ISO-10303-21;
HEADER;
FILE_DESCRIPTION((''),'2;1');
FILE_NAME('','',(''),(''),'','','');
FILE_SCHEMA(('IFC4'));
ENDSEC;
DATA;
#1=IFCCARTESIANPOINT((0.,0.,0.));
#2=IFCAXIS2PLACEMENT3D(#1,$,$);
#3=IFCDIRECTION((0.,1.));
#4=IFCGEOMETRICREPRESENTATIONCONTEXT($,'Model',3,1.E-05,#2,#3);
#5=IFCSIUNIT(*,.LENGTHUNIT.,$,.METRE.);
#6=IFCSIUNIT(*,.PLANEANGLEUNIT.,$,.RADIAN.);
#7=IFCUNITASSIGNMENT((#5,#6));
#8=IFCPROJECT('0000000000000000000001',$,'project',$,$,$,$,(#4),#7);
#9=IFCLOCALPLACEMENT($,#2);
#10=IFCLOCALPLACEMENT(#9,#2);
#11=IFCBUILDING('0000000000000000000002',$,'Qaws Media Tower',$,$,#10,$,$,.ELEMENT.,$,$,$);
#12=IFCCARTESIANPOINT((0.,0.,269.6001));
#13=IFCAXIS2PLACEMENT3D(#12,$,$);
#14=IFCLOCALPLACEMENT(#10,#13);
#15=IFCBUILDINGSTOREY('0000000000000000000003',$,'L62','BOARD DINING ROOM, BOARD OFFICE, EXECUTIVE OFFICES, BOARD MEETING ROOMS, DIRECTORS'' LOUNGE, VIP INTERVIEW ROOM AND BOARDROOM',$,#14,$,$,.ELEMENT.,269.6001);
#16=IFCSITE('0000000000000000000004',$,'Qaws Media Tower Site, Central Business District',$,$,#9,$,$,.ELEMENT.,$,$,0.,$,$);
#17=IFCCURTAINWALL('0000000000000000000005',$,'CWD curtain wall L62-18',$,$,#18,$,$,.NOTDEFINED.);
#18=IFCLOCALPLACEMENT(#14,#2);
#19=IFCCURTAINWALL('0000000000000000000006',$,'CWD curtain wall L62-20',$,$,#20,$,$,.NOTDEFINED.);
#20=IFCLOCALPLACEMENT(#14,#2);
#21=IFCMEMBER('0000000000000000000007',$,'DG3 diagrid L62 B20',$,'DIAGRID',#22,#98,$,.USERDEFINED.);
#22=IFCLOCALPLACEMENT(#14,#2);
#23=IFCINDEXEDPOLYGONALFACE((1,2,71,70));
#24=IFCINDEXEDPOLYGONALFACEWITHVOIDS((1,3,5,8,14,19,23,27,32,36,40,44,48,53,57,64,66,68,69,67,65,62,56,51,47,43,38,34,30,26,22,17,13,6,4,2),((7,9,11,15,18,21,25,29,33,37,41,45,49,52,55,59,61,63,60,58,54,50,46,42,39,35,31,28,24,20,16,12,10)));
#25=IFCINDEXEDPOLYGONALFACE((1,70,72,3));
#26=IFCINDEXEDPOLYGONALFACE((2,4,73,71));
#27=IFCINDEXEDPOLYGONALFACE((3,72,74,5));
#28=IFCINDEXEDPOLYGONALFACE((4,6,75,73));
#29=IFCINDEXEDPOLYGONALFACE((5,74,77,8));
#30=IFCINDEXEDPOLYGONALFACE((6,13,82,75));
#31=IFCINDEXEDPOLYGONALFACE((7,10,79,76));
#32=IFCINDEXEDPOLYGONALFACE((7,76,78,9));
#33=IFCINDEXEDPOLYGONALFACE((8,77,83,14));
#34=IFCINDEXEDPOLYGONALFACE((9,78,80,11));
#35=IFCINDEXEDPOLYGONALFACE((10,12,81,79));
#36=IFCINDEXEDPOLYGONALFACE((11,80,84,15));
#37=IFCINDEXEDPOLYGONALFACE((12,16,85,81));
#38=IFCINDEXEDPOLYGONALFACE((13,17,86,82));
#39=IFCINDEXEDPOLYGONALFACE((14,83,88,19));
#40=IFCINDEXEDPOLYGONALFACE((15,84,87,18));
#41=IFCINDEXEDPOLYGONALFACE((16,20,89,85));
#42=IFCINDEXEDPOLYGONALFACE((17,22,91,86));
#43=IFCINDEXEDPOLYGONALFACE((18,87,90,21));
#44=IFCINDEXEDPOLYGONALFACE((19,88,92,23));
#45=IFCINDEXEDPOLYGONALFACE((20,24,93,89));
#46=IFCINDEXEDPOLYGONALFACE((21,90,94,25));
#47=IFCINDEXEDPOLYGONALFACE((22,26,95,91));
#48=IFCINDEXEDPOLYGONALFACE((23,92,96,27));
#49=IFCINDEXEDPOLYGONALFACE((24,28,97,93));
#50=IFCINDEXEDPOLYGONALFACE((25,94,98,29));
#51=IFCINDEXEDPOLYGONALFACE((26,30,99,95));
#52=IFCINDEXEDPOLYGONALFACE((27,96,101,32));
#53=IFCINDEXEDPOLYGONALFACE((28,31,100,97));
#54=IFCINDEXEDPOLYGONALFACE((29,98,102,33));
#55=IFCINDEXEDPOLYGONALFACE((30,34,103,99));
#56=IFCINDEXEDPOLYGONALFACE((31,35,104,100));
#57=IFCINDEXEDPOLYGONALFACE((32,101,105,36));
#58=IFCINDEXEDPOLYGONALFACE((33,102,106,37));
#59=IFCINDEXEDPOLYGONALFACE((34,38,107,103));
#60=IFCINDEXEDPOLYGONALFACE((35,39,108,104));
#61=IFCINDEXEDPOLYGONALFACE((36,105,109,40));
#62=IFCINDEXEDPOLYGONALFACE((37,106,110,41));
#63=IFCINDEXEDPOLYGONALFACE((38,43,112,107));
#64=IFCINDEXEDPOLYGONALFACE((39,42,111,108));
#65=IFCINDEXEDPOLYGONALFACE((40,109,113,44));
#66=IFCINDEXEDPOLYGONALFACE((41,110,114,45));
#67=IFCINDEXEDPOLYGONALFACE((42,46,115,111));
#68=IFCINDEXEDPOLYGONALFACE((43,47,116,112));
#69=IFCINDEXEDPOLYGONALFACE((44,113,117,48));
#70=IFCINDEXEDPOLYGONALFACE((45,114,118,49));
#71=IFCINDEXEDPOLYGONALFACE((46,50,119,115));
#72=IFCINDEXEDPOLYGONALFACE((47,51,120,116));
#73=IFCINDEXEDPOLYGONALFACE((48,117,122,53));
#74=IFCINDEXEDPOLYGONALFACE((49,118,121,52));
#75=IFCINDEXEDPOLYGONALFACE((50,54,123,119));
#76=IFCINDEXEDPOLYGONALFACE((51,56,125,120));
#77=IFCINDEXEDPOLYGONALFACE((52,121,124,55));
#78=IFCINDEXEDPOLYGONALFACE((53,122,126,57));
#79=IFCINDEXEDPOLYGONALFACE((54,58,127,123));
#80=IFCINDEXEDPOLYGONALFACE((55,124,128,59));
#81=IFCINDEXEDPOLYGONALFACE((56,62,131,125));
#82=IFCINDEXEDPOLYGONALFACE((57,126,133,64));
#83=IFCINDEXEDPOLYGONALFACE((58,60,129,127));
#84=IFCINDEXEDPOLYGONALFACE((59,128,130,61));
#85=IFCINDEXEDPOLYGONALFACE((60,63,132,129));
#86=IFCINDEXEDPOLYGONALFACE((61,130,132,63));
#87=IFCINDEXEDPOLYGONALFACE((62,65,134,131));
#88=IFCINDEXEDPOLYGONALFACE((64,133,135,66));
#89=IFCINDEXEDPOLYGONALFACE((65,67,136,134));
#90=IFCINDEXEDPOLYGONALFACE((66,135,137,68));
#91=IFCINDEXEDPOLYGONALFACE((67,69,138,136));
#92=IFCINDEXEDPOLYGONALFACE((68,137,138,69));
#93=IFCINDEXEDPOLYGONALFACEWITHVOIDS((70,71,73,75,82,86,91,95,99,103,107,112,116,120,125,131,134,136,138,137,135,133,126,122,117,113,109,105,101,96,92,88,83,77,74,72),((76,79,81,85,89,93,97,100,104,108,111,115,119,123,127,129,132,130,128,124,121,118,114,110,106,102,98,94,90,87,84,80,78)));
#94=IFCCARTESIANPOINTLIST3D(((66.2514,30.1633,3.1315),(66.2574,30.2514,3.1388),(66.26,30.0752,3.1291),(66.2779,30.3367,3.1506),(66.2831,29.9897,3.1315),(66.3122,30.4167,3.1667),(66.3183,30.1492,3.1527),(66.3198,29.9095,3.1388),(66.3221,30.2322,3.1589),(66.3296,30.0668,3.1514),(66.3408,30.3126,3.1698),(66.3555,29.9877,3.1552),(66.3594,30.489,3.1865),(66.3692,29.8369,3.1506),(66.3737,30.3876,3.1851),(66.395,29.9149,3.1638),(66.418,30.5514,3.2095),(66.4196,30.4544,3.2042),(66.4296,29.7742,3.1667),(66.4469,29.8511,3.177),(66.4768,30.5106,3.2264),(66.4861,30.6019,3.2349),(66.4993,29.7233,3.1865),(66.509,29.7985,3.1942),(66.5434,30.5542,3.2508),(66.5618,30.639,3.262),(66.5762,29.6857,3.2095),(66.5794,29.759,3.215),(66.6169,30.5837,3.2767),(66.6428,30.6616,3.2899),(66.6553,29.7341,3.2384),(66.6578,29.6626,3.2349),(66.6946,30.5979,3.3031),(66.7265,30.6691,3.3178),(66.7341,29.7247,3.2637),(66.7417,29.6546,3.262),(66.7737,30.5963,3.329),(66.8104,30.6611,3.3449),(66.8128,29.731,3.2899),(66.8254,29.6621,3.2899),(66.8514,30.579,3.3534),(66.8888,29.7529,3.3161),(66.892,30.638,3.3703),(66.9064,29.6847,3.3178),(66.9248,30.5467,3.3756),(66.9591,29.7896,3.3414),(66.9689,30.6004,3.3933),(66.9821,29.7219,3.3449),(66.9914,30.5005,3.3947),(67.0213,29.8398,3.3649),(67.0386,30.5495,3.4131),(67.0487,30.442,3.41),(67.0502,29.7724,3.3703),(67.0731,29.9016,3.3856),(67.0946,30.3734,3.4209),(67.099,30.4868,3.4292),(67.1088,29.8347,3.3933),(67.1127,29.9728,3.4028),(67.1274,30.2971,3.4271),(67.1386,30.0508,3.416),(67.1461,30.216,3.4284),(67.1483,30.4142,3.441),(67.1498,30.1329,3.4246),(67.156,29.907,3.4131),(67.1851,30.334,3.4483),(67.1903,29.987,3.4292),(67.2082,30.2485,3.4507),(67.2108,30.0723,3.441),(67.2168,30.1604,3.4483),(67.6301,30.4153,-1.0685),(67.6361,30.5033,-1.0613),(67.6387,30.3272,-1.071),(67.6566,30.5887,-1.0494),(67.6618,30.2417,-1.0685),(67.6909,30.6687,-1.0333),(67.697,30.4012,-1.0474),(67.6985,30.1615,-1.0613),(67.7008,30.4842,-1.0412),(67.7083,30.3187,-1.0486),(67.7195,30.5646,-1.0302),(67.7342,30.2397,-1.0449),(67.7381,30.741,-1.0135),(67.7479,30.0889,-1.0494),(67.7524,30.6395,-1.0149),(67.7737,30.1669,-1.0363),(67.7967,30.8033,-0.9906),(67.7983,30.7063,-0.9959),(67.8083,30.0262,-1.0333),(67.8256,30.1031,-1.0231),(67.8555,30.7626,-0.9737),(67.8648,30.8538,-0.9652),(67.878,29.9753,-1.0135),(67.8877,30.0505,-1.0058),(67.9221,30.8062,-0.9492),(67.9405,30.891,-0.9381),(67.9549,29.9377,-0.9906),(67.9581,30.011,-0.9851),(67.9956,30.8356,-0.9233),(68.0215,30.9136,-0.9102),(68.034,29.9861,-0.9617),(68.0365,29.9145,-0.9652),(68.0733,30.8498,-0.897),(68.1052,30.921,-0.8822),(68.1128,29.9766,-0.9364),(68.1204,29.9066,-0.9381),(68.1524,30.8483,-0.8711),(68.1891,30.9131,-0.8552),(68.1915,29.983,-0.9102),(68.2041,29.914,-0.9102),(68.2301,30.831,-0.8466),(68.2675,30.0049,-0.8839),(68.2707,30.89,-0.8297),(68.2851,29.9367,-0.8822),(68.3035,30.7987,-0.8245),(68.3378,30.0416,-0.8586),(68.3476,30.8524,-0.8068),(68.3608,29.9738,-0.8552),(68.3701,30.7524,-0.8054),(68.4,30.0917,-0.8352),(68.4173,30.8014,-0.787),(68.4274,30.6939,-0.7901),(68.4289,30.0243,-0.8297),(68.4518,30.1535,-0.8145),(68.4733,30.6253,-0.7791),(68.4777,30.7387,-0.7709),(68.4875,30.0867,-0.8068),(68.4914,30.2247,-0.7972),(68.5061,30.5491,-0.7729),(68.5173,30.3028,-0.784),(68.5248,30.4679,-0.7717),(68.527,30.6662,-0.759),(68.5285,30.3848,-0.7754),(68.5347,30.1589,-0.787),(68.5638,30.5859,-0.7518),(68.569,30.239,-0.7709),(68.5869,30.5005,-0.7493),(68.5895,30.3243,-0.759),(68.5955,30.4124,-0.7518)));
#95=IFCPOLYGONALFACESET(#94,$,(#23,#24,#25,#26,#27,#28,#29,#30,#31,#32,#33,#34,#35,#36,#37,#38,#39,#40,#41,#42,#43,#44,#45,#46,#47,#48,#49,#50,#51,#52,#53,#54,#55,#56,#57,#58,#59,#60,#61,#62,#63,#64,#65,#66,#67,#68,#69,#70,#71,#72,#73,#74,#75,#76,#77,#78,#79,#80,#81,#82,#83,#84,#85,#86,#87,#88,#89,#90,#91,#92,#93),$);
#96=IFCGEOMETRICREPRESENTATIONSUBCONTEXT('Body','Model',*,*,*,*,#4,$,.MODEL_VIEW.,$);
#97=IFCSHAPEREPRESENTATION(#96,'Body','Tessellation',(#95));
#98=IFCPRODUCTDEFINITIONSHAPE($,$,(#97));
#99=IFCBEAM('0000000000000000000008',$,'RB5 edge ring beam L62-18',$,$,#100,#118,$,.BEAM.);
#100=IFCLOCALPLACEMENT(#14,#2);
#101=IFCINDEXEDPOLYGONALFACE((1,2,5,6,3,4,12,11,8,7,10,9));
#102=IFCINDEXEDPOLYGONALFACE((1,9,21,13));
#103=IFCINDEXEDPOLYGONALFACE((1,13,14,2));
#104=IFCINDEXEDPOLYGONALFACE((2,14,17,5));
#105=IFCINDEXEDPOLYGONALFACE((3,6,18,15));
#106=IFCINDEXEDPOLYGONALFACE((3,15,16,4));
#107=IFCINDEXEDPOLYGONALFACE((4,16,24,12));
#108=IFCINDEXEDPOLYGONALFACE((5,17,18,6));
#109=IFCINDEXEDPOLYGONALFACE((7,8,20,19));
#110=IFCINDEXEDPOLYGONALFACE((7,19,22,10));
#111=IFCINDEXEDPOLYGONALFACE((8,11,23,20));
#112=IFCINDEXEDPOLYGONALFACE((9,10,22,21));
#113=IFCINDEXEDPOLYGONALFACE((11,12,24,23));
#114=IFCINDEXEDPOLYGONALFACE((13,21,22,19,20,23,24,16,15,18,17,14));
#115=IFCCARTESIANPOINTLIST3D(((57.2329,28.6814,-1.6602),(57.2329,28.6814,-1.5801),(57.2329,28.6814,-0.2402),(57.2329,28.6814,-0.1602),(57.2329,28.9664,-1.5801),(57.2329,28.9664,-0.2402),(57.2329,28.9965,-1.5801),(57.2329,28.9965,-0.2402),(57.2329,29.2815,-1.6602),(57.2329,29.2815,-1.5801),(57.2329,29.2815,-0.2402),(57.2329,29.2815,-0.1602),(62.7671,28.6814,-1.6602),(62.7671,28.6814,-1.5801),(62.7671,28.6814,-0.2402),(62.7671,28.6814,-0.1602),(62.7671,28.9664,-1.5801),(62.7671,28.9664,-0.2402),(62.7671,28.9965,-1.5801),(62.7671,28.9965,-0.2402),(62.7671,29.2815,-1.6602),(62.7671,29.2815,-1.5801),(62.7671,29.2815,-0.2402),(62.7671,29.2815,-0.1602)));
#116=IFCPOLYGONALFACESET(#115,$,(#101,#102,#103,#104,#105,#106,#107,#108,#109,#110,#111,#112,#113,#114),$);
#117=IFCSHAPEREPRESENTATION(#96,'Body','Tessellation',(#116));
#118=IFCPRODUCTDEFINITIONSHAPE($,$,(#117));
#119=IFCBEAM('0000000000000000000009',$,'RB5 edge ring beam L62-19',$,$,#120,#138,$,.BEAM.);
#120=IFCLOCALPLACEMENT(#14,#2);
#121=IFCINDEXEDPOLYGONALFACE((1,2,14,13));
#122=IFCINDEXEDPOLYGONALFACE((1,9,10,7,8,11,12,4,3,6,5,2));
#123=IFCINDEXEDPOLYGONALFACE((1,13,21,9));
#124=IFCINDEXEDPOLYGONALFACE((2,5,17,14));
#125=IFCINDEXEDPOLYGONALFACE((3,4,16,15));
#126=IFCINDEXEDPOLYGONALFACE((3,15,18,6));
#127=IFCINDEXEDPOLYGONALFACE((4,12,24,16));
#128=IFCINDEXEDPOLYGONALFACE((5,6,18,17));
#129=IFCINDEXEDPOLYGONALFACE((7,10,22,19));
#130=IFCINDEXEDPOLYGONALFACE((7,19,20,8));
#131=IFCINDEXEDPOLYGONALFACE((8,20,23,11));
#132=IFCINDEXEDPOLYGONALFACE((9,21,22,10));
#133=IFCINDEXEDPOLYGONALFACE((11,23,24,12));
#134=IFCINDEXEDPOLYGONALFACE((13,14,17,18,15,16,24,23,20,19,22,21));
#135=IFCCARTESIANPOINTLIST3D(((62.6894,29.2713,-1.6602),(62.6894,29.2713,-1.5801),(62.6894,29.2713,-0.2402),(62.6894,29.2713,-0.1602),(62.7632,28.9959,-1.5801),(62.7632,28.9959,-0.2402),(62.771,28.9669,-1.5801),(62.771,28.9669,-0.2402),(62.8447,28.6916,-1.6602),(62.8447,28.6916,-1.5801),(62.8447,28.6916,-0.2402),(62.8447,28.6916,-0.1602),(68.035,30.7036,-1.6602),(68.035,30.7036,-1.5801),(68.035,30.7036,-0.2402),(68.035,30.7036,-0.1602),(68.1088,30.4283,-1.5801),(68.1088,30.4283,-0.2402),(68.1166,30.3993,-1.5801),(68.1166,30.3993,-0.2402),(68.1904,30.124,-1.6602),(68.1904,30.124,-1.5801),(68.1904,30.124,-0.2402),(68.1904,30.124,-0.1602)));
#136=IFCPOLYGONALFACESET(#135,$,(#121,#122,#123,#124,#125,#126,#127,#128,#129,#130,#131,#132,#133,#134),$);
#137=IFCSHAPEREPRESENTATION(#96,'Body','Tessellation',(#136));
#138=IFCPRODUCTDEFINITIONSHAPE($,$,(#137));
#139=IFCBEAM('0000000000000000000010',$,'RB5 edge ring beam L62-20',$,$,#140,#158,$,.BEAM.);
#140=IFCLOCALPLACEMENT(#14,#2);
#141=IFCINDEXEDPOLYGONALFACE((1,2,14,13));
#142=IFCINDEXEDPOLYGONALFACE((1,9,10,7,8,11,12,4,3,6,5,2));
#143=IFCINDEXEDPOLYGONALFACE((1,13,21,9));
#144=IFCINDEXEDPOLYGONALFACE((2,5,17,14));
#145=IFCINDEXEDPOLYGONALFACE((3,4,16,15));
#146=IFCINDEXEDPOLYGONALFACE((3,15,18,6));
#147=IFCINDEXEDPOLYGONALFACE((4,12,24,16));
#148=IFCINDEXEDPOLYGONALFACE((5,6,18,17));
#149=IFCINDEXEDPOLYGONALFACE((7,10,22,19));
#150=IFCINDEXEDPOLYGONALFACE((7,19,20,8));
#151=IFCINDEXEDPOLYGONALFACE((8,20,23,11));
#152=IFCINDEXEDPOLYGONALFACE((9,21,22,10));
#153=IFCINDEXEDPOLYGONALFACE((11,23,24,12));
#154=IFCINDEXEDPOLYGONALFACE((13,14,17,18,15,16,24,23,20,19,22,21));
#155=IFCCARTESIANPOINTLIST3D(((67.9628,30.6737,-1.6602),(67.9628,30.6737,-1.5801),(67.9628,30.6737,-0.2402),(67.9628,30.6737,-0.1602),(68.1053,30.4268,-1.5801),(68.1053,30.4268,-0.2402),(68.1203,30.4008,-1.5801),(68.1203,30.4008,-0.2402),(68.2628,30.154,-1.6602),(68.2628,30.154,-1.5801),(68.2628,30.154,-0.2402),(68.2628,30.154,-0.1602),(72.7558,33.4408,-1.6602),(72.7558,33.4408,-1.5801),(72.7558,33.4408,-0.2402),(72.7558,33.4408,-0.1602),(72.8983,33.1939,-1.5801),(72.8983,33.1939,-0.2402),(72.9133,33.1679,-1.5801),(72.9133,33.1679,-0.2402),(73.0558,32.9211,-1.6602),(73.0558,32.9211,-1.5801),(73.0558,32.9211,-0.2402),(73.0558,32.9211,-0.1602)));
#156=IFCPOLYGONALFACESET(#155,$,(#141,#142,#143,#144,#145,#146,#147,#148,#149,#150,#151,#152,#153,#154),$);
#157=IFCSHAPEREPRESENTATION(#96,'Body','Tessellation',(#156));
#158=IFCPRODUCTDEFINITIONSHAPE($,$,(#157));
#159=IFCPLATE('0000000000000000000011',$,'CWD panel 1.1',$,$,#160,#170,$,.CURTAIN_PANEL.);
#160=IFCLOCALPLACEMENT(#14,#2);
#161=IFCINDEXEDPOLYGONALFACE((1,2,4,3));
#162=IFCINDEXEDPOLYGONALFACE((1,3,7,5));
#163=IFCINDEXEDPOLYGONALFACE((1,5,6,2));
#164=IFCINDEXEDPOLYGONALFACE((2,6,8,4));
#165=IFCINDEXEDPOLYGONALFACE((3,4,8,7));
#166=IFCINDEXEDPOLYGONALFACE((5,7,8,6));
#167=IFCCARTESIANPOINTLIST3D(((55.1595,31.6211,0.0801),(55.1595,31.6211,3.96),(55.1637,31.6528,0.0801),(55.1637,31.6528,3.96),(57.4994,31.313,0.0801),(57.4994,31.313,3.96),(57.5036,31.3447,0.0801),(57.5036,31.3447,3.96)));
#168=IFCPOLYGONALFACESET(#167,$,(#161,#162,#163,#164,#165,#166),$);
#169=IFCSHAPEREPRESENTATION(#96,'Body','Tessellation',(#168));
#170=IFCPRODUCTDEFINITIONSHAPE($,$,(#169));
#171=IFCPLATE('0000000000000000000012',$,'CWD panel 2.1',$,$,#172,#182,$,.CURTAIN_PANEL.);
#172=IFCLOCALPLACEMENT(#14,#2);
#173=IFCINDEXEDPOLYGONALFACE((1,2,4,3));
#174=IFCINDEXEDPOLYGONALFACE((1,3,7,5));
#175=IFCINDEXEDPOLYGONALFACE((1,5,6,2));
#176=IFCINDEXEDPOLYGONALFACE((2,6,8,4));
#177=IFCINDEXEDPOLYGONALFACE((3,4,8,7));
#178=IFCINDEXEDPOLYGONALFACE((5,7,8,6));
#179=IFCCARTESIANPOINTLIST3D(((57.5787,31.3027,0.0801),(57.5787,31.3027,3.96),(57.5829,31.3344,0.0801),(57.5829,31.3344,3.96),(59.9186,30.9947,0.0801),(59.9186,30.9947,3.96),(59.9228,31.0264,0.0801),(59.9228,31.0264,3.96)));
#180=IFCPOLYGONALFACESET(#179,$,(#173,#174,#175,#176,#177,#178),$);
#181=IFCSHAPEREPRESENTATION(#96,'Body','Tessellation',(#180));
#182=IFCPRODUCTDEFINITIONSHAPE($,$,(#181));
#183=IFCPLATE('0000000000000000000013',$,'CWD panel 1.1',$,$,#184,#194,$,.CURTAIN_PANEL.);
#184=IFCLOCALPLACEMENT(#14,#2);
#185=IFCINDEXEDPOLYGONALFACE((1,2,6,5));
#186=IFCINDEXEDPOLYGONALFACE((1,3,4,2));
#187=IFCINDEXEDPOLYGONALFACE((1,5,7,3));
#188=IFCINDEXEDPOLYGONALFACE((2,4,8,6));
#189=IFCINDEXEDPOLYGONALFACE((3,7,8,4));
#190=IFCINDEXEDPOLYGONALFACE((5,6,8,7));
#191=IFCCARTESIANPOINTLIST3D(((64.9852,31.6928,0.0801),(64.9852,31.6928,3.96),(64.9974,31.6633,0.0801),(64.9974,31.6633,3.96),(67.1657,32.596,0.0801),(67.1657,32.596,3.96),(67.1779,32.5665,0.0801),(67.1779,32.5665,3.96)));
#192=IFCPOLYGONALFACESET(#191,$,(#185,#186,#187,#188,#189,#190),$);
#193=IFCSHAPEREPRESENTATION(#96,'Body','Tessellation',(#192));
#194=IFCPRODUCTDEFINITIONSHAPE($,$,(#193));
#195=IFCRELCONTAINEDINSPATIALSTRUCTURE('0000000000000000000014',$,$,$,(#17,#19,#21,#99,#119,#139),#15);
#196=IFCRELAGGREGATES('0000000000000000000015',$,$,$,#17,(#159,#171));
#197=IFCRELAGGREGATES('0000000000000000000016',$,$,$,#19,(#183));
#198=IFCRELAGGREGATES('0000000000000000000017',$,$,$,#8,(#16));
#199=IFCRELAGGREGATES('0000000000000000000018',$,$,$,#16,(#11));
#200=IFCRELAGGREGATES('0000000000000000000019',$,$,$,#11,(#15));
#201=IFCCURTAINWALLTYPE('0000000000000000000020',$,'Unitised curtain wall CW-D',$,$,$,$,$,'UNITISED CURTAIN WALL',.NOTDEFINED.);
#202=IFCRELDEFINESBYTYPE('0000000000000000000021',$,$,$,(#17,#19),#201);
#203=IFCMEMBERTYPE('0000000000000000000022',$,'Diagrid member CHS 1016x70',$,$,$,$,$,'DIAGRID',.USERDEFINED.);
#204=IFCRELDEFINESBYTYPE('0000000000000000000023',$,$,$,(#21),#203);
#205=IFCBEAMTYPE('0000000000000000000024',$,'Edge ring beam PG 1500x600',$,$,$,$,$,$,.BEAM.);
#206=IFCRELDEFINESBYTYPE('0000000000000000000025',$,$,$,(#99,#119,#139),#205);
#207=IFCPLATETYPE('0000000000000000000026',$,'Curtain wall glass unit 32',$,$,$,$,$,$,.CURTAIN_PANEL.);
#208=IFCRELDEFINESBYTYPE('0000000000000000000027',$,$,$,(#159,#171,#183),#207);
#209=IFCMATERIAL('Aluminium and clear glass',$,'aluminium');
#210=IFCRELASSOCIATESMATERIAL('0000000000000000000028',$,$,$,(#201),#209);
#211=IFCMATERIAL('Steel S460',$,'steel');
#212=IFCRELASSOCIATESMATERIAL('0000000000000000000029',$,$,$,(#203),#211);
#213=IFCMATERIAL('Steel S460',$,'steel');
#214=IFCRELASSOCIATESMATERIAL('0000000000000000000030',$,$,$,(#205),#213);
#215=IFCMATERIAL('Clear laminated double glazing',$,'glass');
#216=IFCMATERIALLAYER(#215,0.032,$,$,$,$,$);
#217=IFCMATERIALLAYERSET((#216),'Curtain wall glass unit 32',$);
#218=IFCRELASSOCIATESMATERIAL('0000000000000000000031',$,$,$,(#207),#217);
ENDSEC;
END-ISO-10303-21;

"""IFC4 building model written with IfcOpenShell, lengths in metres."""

from ifc_helpers import new_model, si_unit, direction, frame, origin, origin_2d, place, context, subcontext, project, spatial, rectangle, hollow_circle, i_section, extrude, material, layer, layer_set, material_profile, profile_set, type_object, element, aggregate, save


model = new_model("IFC4")

# Units and contexts
model_context = context("Model", 3, precision=1e-05, world=origin(), true_north=direction((0.0, 1.0)))
body_context = subcontext(model_context, "Body", "Model", "MODEL_VIEW")
ifc_project = project(units=[si_unit("LENGTHUNIT", "METRE"), si_unit("PLANEANGLEUNIT", "RADIAN")], contexts=[model_context])

# Site, building, storey
site_placement = place(None, origin())
site = spatial("IfcSite", under=ifc_project, at=site_placement, Name="Qaws Media Tower Site, Central Business District", CompositionType="ELEMENT", RefElevation=0.0)
building_placement = place(site_placement, origin())
building = spatial("IfcBuilding", under=site, at=building_placement, Name="Qaws Media Tower", CompositionType="ELEMENT")
storey_placement = place(building_placement, frame((0.0, 0.0, 269.6001)))
storey = spatial("IfcBuildingStorey", under=building, at=storey_placement, Name="L62", Description="BOARD DINING ROOM, BOARD OFFICE, EXECUTIVE OFFICES, BOARD MEETING ROOMS, DIRECTORS' LOUNGE, VIP INTERVIEW ROOM AND BOARDROOM", CompositionType="ELEMENT", Elevation=269.6001)

# Curtain walls
ifc_material_1 = material(Name="Aluminium and clear glass", Category="aluminium")
curtain_wall_type = type_object("IfcCurtainWallType", Name="Unitised curtain wall CW-D", ElementType="UNITISED CURTAIN WALL", PredefinedType="NOTDEFINED", material=ifc_material_1)
curtain_wall_1_placement = place(storey_placement, origin())
curtain_wall_1 = element("IfcCurtainWall", 1, at=curtain_wall_1_placement, inside=storey, type_object=curtain_wall_type, Name="CWD curtain wall L62-18", PredefinedType="NOTDEFINED")
curtain_wall_2_placement = place(storey_placement, origin())
curtain_wall_2 = element("IfcCurtainWall", 2, at=curtain_wall_2_placement, inside=storey, type_object=curtain_wall_type, Name="CWD curtain wall L62-20", PredefinedType="NOTDEFINED")

# Member
ifc_material_2 = material(Name="Steel S460", Category="steel")
ifc_material_profile_1 = material_profile(ifc_material_2, hollow_circle(Radius=0.5081, WallThickness=0.0701, at=origin_2d()), Name="CHS 1016x70")
ifc_profile_set_1 = profile_set([ifc_material_profile_1], Name="Steel S460")
member_type_1 = type_object("IfcMemberType", Name="Diagrid member CHS 1016x70", ElementType="DIAGRID", PredefinedType="USERDEFINED", material=ifc_profile_set_1)
for number, where, z_axis, x_axis, name in (
    (3, (68.1128, 30.4138, -0.9102), (-0.311378, -0.056905, 0.948581), (0.179774, -0.983708, 0.0), "DG3 diagrid L62 B20"),
):
    element("IfcMember", number, at=place(storey_placement, frame(where, z_axis=z_axis, x_axis=x_axis)), inside=storey, type_object=member_type_1, Name=name, ObjectType="DIAGRID", PredefinedType="USERDEFINED", context=body_context, shape_type="SweptSolid", body=[
        extrude(hollow_circle(Radius=0.5081, WallThickness=0.0701, at=origin_2d()), origin(), (0.0, 0.0, 1.0), 4.4277),
    ])

# Beams
ifc_material_3 = material(Name="Steel S460", Category="steel")
ifc_material_profile_2 = material_profile(ifc_material_3, i_section(OverallWidth=0.6001, OverallDepth=1.5, WebThickness=0.03, FlangeThickness=0.0801, at=origin_2d()), Name="PG 1500x600")
ifc_profile_set_2 = profile_set([ifc_material_profile_2], Name="Steel S460")
beam_type = type_object("IfcBeamType", Name="Edge ring beam PG 1500x600", PredefinedType="BEAM", material=ifc_profile_set_2)
for number, where, z_axis, x_axis, name in (
    (4, (57.2329, 28.9814, -0.9102), (1.0, 0.0, 0.0), (0.0, 1.0, 0.0), "RB5 edge ring beam L62-18"),
    (5, (62.7671, 28.9814, -0.9102), (0.965926, 0.258818, 0.0), (-0.258818, 0.965926, 0.0), "RB5 edge ring beam L62-19"),
):
    element("IfcBeam", number, at=place(storey_placement, frame(where, z_axis=z_axis, x_axis=x_axis)), inside=storey, type_object=beam_type, Name=name, PredefinedType="BEAM", context=body_context, shape_type="SweptSolid", body=[
        extrude(i_section(OverallWidth=0.6001, OverallDepth=1.5, WebThickness=0.03, FlangeThickness=0.0801, at=origin_2d()), origin(), (0.0, 0.0, 1.0), 5.5342),
    ])
beam_placement = place(storey_placement, frame((68.1128, 30.4138, -0.9102), z_axis=(0.866036, 0.499982, 0.0), x_axis=(-0.499982, 0.866036, 0.0)))
element("IfcBeam", 6, at=beam_placement, inside=storey, type_object=beam_type, Name="RB5 edge ring beam L62-20", PredefinedType="BEAM", context=body_context, shape_type="SweptSolid", body=[
    extrude(i_section(OverallWidth=0.6001, OverallDepth=1.5, WebThickness=0.03, FlangeThickness=0.0801, at=origin_2d()), origin(), (0.0, 0.0, 1.0), 5.5344),
])

# Plates
ifc_material_4 = material(Name="Clear laminated double glazing", Category="glass")
ifc_layer_1 = layer(ifc_material_4, 0.032)
ifc_layer_set_1 = layer_set([ifc_layer_1], Name="Curtain wall glass unit 32")
plate_type_1 = type_object("IfcPlateType", Name="Curtain wall glass unit 32", PredefinedType="CURTAIN_PANEL", material=ifc_layer_set_1)
plate_1_placement = place(storey_placement, frame((56.3315, 31.4829, 0.0801), z_axis=(0.0, 0.0, 1.0), x_axis=(0.991445, -0.130526, 0.0)))
plate_1 = element("IfcPlate", 7, at=plate_1_placement, type_object=plate_type_1, Name="CWD panel 1.1", PredefinedType="CURTAIN_PANEL", context=body_context, shape_type="SweptSolid", body=[
    extrude(rectangle(XDim=2.3601, YDim=0.032, at=origin_2d()), origin(), (0.0, 0.0, 1.0), 3.8799),
])
plate_2_placement = place(storey_placement, frame((58.7507, 31.1646, 0.0801), z_axis=(0.0, 0.0, 1.0), x_axis=(0.991445, -0.130526, 0.0)))
plate_2 = element("IfcPlate", 8, at=plate_2_placement, type_object=plate_type_1, Name="CWD panel 2.1", PredefinedType="CURTAIN_PANEL", context=body_context, shape_type="SweptSolid", body=[
    extrude(rectangle(XDim=2.3601, YDim=0.032, at=origin_2d()), origin(), (0.0, 0.0, 1.0), 3.8799),
])
aggregate(curtain_wall_1, [plate_1, plate_2])
plate_3_placement = place(storey_placement, frame((66.0815, 32.1296, 0.0801), z_axis=(0.0, 0.0, 1.0), x_axis=(0.92388, 0.382683, 0.0)))
plate_3 = element("IfcPlate", 9, at=plate_3_placement, type_object=plate_type_1, Name="CWD panel 1.1", PredefinedType="CURTAIN_PANEL", context=body_context, shape_type="SweptSolid", body=[
    extrude(rectangle(XDim=2.3601, YDim=0.032, at=origin_2d()), origin(), (0.0, 0.0, 1.0), 3.8799),
])
aggregate(curtain_wall_2, [plate_3])

save(model, "model.ifc")
